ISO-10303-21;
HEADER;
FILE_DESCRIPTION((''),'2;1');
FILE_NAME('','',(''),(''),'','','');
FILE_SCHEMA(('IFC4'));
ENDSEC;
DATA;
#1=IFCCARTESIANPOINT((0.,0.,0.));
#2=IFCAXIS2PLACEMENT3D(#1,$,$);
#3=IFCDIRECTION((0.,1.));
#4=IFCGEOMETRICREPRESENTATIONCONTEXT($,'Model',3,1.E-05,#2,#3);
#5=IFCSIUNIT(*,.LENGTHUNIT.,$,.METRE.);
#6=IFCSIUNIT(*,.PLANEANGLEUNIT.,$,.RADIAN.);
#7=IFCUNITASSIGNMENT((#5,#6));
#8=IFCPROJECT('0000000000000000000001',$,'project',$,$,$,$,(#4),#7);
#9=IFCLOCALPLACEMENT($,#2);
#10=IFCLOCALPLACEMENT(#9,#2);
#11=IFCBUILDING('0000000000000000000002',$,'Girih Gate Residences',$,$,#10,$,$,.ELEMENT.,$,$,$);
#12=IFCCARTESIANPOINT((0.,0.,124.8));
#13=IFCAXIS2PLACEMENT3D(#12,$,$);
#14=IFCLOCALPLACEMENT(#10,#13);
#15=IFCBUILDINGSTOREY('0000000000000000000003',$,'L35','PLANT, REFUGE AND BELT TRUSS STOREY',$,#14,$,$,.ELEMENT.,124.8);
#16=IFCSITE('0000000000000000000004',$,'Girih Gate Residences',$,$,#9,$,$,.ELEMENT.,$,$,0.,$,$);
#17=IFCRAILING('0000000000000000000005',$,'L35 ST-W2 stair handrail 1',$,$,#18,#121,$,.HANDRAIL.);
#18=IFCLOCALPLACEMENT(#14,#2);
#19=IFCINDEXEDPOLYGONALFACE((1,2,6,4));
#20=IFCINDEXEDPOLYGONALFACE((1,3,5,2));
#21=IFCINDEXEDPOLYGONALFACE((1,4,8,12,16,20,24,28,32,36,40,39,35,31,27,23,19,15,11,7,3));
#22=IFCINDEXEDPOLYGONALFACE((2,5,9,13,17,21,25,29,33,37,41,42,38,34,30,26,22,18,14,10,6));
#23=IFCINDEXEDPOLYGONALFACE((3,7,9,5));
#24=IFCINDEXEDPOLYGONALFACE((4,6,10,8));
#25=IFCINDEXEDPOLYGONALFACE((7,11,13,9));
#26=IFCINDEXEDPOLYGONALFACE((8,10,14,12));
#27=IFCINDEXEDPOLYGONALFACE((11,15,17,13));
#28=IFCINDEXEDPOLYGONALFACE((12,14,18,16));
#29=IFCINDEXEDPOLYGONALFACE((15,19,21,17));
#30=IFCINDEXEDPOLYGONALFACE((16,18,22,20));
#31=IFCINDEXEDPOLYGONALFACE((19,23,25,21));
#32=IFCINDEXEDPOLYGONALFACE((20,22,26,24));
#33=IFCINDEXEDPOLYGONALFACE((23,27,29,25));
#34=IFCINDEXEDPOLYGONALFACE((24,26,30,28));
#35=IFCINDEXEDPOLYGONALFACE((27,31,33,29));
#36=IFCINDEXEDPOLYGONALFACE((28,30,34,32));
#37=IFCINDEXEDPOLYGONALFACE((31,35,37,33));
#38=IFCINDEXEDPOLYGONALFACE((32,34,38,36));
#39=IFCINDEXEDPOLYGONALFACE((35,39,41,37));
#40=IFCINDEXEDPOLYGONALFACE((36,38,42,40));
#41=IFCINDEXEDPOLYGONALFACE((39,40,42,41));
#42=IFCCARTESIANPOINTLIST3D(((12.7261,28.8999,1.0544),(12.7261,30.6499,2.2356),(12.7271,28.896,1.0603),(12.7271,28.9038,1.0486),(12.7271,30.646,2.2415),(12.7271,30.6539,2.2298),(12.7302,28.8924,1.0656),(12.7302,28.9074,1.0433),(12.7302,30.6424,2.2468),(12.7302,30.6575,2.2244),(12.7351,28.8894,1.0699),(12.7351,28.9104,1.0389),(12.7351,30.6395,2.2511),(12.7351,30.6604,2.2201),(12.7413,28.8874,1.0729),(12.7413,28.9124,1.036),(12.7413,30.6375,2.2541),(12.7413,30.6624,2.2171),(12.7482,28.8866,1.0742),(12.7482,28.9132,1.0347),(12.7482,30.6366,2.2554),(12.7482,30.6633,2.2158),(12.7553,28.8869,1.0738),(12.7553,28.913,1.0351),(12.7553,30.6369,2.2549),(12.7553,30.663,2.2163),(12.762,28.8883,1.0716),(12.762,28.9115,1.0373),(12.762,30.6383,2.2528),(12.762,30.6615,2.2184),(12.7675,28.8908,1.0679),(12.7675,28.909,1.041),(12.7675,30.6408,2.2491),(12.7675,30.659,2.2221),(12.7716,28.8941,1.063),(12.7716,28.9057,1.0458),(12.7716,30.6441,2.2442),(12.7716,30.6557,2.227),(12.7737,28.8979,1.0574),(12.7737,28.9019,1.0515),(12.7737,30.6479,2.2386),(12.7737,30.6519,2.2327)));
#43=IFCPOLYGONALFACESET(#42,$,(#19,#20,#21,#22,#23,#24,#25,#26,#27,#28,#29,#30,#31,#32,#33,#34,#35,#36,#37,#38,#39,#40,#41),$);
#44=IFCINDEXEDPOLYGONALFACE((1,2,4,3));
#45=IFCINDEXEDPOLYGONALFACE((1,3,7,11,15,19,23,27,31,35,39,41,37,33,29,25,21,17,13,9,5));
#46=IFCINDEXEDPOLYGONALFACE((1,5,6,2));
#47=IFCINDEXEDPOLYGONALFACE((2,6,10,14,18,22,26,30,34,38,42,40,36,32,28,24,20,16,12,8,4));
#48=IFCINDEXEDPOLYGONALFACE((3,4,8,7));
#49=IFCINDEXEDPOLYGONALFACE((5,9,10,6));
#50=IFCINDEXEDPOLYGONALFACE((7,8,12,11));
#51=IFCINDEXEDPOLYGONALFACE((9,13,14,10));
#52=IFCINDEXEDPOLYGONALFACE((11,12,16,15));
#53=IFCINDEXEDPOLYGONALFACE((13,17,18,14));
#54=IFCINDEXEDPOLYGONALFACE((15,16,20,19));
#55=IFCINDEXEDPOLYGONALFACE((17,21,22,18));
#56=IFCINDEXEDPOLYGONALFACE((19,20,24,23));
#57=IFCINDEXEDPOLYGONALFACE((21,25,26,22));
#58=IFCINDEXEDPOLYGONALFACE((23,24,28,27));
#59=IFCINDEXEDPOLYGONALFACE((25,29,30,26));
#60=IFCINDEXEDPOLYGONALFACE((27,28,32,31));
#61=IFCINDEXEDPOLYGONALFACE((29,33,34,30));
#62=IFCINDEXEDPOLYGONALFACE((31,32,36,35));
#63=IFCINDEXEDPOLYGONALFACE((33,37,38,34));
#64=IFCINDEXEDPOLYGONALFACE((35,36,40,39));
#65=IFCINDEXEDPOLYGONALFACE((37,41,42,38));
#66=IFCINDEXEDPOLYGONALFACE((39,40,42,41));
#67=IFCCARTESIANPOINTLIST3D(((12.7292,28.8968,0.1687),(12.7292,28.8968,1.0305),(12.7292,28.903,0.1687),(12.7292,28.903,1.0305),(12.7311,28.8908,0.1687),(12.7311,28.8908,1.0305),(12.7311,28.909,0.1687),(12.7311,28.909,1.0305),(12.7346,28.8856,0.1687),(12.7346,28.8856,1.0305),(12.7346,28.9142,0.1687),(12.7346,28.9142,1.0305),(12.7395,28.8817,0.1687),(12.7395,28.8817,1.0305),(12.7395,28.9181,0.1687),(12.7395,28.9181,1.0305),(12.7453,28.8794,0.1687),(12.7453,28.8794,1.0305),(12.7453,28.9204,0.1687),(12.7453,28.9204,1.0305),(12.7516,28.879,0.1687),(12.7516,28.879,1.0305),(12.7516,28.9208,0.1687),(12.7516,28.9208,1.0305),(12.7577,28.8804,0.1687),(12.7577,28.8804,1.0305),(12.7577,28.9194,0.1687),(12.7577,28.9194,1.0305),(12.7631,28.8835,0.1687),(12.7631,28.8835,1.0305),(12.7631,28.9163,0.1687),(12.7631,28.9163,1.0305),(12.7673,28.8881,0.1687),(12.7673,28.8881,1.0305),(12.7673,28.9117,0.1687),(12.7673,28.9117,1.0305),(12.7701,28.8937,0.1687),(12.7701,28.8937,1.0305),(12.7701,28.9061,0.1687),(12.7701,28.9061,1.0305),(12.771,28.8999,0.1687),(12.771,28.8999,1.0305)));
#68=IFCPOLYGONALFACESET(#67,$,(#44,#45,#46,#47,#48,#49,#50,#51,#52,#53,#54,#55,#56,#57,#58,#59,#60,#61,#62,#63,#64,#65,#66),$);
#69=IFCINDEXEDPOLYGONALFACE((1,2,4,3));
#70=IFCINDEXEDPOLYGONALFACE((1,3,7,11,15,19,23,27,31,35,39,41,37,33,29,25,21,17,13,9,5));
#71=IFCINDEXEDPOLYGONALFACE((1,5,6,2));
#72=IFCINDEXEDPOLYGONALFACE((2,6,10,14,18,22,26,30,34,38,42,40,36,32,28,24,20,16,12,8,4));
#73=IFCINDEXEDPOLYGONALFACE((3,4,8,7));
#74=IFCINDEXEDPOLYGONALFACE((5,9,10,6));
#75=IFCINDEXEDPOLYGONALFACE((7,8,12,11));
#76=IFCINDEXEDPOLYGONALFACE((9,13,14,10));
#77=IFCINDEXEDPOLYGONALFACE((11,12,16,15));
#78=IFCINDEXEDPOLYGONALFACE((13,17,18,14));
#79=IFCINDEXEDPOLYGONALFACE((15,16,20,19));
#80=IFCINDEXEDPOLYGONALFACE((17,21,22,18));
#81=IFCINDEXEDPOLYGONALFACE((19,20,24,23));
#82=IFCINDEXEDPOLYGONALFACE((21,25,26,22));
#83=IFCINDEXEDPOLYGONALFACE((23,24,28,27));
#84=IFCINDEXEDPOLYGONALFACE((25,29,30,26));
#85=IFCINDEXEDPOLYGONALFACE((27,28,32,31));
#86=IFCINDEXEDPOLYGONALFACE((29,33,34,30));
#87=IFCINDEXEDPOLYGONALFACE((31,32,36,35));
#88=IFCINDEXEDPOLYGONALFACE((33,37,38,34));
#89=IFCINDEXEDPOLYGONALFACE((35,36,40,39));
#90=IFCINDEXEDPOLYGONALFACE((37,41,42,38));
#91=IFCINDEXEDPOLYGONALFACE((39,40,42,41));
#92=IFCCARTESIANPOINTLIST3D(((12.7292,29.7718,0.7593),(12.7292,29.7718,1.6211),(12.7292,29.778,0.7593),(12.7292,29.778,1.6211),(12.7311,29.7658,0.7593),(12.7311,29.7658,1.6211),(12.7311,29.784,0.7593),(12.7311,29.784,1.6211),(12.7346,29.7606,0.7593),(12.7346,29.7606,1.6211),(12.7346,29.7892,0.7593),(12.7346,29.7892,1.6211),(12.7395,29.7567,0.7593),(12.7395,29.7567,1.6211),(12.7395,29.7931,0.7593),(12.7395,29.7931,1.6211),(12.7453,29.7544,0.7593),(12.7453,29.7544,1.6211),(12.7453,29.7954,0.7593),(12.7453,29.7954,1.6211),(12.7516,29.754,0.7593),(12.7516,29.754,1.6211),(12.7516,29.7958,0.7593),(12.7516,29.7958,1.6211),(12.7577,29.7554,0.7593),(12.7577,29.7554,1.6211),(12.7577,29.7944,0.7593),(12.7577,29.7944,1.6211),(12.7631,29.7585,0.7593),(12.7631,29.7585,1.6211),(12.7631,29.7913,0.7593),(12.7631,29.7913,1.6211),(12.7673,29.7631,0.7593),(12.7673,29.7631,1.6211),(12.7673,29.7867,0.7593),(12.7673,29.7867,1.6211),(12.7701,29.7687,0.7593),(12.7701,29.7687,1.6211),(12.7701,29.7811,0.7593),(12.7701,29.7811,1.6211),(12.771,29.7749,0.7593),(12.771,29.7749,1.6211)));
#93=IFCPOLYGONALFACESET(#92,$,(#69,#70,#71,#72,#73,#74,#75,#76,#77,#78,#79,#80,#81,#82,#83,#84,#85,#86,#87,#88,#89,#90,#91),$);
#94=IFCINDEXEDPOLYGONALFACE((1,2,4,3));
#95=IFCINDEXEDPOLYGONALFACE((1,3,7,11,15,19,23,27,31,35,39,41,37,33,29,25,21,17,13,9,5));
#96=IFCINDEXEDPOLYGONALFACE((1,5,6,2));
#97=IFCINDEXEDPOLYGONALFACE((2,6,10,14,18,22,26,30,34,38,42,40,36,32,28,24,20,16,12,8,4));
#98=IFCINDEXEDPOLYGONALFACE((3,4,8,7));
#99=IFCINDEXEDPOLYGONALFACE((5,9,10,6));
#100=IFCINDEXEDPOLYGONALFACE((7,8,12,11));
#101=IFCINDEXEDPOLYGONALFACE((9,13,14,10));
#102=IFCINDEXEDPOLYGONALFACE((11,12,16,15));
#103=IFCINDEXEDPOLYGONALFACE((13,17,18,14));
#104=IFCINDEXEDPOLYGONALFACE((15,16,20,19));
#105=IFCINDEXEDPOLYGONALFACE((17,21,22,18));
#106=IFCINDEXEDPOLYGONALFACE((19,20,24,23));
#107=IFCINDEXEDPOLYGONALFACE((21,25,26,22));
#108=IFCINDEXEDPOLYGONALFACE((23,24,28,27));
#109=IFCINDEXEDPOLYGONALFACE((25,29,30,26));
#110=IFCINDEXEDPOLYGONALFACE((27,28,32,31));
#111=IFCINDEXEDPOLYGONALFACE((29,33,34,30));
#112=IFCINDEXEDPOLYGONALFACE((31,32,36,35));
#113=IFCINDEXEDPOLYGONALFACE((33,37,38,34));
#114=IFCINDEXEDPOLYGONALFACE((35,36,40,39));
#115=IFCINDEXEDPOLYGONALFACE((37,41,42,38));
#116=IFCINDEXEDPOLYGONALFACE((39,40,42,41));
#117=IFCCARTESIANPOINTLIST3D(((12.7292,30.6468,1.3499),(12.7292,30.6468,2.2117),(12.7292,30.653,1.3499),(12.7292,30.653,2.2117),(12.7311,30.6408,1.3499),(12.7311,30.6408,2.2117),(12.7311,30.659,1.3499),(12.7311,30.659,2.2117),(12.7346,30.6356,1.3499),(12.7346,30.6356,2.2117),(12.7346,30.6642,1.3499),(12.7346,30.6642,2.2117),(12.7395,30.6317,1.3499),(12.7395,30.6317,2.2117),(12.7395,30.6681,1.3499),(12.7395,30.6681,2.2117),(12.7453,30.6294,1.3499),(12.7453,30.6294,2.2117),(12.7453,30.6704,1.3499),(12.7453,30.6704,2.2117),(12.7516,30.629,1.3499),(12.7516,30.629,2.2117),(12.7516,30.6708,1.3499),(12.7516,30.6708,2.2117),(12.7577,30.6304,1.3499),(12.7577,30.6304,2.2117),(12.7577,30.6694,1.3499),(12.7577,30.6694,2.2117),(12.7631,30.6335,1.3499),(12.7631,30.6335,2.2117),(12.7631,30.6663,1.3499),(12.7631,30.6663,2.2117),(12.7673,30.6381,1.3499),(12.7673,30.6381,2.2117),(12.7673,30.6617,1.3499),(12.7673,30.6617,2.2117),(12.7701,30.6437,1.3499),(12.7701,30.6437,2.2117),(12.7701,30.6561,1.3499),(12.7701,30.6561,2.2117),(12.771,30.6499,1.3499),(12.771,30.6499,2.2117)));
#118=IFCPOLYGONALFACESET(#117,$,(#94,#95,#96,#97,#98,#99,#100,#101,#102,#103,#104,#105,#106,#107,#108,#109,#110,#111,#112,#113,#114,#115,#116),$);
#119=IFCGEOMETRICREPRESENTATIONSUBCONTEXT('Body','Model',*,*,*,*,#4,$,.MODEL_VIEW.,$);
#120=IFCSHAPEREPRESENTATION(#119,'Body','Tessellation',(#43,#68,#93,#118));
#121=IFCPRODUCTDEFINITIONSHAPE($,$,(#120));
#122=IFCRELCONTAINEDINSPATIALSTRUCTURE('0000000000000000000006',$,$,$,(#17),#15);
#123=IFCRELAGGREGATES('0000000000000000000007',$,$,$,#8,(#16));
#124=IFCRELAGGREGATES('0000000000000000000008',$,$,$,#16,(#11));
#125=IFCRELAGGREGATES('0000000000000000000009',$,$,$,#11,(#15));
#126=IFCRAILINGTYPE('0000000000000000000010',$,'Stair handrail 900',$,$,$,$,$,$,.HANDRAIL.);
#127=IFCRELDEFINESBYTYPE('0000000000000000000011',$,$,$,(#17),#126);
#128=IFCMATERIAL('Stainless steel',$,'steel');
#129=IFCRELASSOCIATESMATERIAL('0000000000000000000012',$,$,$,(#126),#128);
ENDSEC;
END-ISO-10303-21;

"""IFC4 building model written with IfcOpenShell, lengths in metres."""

from ifc_helpers import new_model, si_unit, direction, frame, origin, origin_2d, place, context, subcontext, project, spatial, circle, extrude, material, type_object, element, save


model = new_model("IFC4")

# Units and contexts
model_context = context("Model", 3, precision=1e-05, world=origin(), true_north=direction((0.0, 1.0)))
body_context = subcontext(model_context, "Body", "Model", "MODEL_VIEW")
ifc_project = project(units=[si_unit("LENGTHUNIT", "METRE"), si_unit("PLANEANGLEUNIT", "RADIAN")], contexts=[model_context])

# Site, building, storey
site_placement = place(None, origin())
site = spatial("IfcSite", under=ifc_project, at=site_placement, Name="Girih Gate Residences", CompositionType="ELEMENT", RefElevation=0.0)
building_placement = place(site_placement, origin())
building = spatial("IfcBuilding", under=site, at=building_placement, Name="Girih Gate Residences", CompositionType="ELEMENT")
storey_placement = place(building_placement, frame((0.0, 0.0, 124.8)))
storey = spatial("IfcBuildingStorey", under=building, at=storey_placement, Name="L35", Description="PLANT, REFUGE AND BELT TRUSS STOREY", CompositionType="ELEMENT", Elevation=124.8)

# Railing
ifc_material_1 = material(Name="Stainless steel", Category="steel")
railing_type_1 = type_object("IfcRailingType", Name="Stair handrail 900", PredefinedType="HANDRAIL", material=ifc_material_1)
railing_1_placement = place(storey_placement, frame((12.75, 28.8999, 0.1687)))
element("IfcRailing", 1, at=railing_1_placement, inside=storey, type_object=railing_type_1, Name="L35 ST-W2 stair handrail 1", PredefinedType="HANDRAIL", context=body_context, shape_type="SweptSolid", body=[
    extrude(circle(Radius=0.0239, at=origin_2d()), frame((0.0, 0.0, 0.8857), z_axis=(0.0, 0.82887, 0.559441), x_axis=(-1.0, 0.0, 0.0)), (0.0, 0.0, 1.0), 2.1113),
    extrude(circle(Radius=0.021, at=origin_2d()), origin(), (0.0, 0.0, 1.0), 0.8618),
    extrude(circle(Radius=0.021, at=origin_2d()), frame((0.0, 0.875, 0.5906)), (0.0, 0.0, 1.0), 0.8618),
    extrude(circle(Radius=0.021, at=origin_2d()), frame((0.0, 1.75, 1.1812)), (0.0, 0.0, 1.0), 0.8618),
])

save(model, "model.ifc")
